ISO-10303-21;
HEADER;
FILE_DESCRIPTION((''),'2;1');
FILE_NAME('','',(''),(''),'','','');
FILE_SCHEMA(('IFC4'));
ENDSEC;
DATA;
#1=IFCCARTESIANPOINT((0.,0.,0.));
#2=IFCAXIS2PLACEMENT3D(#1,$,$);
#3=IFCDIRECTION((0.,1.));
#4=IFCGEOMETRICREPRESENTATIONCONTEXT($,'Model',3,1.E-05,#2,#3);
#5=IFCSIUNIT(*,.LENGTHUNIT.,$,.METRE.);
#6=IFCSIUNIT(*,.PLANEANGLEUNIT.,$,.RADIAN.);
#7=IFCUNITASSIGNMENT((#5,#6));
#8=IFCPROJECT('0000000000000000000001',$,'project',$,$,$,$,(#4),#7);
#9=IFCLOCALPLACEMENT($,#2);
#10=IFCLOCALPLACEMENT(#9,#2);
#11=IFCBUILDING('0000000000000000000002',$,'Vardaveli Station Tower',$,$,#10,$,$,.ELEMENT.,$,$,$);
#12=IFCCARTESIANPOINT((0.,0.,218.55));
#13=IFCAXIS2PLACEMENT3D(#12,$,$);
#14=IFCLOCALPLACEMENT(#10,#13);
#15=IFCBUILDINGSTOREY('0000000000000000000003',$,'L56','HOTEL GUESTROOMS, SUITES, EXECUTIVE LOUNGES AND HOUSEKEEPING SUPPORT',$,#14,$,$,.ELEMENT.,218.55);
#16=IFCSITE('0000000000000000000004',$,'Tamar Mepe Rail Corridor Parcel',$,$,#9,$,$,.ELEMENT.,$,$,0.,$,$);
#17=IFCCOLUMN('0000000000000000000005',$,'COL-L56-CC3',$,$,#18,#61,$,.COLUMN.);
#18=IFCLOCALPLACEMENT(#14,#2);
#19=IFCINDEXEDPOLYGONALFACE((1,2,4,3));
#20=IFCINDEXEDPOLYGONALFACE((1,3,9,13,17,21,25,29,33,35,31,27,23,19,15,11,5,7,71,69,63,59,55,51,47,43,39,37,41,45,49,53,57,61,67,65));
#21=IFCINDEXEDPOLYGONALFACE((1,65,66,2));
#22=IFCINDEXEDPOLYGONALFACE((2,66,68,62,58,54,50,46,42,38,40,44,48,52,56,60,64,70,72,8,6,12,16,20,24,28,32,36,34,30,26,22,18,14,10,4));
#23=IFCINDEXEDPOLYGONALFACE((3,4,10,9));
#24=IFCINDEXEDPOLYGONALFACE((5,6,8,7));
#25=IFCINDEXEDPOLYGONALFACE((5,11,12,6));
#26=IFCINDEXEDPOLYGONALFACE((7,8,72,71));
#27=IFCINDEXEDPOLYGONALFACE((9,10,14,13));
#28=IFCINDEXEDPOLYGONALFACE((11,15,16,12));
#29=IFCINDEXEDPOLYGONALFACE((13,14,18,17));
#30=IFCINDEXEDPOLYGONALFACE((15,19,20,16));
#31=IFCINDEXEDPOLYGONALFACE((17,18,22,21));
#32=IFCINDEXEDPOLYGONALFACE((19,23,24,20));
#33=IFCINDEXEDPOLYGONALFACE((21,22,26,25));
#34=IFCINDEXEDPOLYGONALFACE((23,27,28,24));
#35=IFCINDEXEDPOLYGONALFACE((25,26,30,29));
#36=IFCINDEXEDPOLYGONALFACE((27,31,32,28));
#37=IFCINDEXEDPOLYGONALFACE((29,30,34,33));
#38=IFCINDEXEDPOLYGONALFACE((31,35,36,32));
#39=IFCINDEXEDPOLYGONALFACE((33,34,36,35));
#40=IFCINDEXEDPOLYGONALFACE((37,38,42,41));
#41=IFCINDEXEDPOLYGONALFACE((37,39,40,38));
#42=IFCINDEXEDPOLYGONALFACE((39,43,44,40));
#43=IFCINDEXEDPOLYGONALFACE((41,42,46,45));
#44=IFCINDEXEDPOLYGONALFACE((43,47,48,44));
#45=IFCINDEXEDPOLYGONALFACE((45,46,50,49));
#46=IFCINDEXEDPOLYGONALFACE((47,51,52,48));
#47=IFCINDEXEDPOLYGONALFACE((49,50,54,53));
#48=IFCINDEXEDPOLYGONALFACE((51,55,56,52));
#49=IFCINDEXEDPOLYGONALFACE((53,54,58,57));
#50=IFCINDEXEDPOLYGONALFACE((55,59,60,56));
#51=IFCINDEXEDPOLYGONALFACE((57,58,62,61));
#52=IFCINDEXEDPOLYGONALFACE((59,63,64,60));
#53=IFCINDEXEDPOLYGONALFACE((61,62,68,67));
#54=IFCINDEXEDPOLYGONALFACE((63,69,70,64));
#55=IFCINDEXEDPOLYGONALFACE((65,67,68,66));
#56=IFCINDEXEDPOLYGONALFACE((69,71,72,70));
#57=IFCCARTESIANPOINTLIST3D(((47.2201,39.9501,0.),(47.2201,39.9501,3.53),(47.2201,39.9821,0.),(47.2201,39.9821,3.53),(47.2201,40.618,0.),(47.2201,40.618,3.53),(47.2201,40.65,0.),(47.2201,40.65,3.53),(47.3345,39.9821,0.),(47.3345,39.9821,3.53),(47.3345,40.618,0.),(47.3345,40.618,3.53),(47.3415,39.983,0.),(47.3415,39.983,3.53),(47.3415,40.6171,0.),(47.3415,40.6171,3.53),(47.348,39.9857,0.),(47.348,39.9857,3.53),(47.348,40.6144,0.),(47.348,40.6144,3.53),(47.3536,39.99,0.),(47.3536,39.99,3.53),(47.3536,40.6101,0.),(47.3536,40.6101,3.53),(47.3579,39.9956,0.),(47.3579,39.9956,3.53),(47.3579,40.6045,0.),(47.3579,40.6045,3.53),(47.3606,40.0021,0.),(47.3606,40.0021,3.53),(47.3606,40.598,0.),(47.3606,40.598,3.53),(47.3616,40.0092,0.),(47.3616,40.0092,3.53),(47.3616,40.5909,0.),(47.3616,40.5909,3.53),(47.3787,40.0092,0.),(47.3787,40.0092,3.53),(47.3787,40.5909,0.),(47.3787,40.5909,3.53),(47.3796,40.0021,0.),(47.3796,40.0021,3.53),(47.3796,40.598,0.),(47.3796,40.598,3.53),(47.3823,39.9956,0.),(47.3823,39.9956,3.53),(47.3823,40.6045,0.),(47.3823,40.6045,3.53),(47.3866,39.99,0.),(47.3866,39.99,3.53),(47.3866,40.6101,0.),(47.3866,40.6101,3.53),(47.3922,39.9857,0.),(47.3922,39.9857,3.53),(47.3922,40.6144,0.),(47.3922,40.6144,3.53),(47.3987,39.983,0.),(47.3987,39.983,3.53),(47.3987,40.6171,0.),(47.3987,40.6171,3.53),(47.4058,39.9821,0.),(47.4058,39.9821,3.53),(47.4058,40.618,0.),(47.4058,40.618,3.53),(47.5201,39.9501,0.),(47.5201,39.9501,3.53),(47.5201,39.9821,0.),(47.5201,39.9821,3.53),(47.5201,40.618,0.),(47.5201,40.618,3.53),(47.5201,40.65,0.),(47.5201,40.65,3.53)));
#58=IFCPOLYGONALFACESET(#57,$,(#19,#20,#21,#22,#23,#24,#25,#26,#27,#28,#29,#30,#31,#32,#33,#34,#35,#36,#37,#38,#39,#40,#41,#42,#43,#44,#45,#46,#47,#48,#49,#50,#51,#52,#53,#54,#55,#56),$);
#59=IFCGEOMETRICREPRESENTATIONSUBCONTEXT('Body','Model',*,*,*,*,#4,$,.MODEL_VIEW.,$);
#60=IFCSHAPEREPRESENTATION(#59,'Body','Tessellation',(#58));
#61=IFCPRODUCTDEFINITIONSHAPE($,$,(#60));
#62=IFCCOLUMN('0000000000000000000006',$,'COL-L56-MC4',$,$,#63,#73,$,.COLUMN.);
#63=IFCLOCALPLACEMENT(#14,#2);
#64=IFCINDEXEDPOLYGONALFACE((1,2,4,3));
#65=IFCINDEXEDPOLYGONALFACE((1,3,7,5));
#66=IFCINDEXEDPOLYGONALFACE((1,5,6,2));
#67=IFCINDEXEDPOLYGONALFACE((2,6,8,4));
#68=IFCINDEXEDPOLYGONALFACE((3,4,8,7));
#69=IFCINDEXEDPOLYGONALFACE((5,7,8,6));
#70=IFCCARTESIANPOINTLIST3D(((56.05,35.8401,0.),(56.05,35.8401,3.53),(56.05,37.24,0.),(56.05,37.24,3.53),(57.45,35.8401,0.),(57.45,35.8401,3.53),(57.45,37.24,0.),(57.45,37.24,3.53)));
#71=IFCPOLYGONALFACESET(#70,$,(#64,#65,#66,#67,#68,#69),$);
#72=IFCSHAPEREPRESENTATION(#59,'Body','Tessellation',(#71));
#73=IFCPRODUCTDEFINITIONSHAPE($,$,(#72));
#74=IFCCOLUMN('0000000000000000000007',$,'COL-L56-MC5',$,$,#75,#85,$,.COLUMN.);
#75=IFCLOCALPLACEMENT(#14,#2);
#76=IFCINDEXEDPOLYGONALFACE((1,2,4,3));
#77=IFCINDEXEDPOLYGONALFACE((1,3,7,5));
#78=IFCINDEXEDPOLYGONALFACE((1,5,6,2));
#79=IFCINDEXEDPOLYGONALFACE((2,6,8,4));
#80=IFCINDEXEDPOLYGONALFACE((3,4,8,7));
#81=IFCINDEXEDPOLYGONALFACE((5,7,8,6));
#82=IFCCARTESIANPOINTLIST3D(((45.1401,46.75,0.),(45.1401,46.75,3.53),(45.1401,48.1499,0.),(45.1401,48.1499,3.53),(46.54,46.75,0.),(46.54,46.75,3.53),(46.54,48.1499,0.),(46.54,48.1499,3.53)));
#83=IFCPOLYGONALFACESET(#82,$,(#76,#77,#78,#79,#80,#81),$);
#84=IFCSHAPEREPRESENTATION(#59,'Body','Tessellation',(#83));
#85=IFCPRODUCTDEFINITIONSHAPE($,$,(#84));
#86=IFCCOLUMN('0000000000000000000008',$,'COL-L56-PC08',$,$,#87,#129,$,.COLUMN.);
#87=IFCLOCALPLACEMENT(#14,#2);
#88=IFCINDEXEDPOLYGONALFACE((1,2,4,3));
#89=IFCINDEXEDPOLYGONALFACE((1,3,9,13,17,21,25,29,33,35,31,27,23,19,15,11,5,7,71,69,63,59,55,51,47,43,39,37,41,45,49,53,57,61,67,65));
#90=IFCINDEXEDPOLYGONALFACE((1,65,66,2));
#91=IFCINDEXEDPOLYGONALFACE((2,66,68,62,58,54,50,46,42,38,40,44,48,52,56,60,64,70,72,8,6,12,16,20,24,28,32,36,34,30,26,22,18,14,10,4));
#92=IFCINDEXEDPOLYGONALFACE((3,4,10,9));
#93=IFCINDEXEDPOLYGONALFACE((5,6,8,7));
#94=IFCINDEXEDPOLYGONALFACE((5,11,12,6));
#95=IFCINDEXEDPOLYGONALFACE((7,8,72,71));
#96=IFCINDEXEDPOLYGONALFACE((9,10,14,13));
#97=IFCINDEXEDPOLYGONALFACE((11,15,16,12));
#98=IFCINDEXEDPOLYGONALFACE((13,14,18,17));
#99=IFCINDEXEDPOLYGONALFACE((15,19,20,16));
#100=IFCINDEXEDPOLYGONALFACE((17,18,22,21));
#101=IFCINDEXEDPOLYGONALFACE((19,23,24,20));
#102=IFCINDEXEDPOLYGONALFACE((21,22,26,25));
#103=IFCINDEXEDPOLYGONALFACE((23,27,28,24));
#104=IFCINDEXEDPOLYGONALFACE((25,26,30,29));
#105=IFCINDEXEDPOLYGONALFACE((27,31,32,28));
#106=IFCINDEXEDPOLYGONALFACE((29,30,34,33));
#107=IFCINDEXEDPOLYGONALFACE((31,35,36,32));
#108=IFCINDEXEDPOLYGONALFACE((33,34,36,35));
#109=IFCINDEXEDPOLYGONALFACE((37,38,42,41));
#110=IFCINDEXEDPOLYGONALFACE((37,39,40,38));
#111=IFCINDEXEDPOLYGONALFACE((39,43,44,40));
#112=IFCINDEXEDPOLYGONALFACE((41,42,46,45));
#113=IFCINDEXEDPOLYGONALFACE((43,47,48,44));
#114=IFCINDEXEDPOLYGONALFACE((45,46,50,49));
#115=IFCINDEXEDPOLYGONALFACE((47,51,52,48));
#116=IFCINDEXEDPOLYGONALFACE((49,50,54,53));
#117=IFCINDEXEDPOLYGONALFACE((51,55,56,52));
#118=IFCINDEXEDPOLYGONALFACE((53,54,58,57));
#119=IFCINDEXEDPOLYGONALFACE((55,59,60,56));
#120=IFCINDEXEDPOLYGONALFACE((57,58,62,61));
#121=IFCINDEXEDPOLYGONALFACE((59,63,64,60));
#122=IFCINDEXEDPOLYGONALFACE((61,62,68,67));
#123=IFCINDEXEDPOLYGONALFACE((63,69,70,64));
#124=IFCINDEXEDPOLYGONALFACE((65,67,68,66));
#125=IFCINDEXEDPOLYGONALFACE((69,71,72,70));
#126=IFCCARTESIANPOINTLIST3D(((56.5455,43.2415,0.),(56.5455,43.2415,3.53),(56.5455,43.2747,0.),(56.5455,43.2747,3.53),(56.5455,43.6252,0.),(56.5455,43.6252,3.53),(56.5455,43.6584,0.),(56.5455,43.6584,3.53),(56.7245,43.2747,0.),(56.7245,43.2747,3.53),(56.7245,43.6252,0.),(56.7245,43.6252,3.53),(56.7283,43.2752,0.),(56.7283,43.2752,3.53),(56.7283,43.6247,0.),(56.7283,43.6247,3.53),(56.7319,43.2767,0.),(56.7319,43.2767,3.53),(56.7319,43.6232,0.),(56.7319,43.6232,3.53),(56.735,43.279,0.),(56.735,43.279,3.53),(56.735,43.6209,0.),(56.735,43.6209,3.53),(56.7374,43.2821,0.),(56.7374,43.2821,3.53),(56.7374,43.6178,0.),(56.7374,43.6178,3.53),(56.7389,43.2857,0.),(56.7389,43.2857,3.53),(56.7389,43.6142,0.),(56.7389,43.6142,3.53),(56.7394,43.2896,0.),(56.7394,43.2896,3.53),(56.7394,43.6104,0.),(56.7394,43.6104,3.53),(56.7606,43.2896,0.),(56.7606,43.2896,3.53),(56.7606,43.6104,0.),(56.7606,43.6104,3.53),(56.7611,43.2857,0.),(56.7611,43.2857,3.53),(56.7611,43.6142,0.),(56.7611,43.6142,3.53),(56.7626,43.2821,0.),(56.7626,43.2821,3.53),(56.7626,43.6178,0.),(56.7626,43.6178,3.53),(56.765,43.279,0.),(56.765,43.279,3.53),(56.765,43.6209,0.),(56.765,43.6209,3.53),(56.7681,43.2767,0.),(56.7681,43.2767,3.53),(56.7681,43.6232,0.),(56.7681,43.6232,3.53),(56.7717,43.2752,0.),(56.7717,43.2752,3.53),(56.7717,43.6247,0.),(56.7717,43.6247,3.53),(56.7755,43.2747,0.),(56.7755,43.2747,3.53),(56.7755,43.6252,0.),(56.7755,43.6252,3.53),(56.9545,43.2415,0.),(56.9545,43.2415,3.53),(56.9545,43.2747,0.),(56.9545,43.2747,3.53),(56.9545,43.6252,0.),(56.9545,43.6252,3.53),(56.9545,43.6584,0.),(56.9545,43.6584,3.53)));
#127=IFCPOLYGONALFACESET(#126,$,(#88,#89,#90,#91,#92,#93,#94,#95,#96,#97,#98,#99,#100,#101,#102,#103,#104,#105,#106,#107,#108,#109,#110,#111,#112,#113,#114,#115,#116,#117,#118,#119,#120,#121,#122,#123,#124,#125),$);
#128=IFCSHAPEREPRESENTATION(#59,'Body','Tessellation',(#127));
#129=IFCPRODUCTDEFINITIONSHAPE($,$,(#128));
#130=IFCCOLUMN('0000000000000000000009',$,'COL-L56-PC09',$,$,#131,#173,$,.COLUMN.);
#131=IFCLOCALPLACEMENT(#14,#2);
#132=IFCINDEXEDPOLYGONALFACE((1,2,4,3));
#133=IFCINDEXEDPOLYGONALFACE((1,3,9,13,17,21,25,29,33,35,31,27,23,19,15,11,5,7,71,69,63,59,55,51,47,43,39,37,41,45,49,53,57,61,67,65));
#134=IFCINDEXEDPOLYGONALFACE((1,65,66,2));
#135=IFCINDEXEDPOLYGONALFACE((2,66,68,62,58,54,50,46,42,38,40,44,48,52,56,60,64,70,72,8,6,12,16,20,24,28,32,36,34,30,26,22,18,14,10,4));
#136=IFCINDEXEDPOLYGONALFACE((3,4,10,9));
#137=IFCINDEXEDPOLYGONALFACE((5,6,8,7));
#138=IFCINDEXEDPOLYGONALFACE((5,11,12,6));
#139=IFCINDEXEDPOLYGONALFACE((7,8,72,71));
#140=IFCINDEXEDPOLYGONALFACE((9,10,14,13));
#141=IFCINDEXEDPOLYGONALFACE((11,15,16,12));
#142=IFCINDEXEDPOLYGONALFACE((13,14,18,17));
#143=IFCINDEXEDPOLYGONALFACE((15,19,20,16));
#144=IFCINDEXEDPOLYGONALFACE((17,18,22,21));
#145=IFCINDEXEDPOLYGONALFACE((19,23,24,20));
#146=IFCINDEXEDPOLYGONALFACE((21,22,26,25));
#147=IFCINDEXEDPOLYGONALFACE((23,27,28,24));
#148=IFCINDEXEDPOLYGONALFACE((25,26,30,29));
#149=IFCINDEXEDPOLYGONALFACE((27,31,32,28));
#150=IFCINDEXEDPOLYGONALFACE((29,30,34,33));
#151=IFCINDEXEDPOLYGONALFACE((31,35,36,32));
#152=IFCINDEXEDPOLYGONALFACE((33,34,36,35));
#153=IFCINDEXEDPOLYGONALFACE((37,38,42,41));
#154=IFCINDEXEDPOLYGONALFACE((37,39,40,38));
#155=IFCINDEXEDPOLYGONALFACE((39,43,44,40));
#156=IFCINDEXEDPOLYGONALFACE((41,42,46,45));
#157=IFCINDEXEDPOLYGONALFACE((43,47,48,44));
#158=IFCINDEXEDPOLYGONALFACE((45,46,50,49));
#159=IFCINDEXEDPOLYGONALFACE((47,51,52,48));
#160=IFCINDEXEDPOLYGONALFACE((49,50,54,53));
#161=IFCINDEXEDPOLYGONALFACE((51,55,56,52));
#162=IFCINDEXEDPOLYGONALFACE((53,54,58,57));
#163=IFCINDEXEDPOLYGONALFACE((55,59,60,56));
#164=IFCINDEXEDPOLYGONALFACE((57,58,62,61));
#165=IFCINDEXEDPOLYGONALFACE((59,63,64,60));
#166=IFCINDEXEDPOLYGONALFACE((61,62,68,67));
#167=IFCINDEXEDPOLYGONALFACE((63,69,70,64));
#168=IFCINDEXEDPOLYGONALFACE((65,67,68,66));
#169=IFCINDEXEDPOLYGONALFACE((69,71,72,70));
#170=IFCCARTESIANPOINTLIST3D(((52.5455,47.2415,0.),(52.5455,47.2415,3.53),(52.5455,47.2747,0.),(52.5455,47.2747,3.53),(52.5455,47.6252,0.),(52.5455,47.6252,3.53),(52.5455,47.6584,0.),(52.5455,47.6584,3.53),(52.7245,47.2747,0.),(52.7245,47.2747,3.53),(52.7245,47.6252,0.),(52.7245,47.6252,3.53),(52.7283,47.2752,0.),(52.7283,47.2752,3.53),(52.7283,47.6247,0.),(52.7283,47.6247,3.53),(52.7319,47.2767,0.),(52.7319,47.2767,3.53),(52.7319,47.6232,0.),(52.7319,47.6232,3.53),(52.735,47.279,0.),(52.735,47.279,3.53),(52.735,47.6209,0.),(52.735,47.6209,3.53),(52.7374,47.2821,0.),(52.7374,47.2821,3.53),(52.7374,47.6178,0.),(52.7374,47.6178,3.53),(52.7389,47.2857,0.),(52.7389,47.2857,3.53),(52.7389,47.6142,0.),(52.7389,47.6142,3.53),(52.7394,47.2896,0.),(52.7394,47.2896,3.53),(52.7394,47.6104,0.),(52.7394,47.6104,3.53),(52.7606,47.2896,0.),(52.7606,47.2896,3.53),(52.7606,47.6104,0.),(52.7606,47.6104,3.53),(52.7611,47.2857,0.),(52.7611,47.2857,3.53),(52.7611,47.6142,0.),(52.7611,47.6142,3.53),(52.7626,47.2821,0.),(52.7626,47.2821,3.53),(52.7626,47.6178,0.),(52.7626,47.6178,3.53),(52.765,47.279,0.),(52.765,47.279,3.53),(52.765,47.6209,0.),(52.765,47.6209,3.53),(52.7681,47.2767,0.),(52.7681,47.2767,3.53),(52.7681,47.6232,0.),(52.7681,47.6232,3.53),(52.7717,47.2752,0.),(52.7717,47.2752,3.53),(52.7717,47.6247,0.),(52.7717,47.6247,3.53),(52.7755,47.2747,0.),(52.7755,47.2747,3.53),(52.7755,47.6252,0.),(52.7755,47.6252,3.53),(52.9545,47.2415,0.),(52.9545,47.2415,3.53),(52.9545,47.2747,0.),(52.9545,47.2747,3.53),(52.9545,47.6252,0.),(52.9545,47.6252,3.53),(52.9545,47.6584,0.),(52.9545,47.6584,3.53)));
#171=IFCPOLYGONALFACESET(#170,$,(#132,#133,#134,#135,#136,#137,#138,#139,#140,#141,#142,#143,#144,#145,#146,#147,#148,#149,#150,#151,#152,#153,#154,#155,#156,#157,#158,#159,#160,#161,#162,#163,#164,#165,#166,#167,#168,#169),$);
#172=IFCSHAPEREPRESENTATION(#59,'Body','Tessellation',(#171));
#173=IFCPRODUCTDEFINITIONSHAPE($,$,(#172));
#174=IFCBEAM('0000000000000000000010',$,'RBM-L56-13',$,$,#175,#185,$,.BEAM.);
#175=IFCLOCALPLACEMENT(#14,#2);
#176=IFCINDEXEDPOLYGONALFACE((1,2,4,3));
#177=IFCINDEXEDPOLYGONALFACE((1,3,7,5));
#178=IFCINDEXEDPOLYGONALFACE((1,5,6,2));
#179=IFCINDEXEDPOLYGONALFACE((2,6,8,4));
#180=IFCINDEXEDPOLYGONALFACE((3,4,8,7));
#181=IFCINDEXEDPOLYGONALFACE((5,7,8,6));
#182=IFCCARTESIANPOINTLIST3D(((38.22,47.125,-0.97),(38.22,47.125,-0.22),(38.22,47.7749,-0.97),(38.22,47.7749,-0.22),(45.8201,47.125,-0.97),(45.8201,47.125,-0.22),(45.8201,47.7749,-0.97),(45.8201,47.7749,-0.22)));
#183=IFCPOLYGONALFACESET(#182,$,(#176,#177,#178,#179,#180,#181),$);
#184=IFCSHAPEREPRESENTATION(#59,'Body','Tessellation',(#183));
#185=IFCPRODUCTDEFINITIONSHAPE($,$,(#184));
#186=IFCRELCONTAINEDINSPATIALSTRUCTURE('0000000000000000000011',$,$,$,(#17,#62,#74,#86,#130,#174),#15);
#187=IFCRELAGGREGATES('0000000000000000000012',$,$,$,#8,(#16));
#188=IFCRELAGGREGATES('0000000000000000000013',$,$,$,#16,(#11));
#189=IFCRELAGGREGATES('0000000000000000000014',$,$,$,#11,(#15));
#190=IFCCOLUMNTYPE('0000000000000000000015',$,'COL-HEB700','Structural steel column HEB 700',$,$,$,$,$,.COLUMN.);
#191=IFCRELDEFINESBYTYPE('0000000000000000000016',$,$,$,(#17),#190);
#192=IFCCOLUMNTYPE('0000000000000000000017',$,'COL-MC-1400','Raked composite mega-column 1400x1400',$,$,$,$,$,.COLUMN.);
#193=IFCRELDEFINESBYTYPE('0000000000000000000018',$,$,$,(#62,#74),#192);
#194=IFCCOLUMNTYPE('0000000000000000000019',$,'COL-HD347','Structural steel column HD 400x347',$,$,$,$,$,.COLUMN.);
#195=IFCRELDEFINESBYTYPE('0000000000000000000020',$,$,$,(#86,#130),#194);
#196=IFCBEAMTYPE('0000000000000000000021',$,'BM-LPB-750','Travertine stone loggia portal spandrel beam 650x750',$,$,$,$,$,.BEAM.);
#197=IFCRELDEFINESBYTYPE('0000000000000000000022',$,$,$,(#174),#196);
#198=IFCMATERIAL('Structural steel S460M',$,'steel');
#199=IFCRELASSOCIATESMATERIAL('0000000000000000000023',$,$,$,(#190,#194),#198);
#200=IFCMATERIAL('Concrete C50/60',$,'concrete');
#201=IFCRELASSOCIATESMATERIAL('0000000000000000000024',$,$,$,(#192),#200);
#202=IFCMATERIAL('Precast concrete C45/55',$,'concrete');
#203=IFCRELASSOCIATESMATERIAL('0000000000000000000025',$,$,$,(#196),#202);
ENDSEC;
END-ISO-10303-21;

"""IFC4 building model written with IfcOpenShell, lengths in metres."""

from ifc_helpers import new_model, si_unit, direction, frame, origin, origin_2d, place, context, subcontext, project, spatial, rectangle, i_section, extrude, source, transform, mapped, material, material_profile, profile_set, type_object, element, save


model = new_model("IFC4")

# Units and contexts
model_context = context("Model", 3, precision=1e-05, world=origin(), true_north=direction((0.0, 1.0)))
body_context = subcontext(model_context, "Body", "Model", "MODEL_VIEW")
ifc_project = project(units=[si_unit("LENGTHUNIT", "METRE"), si_unit("PLANEANGLEUNIT", "RADIAN")], contexts=[model_context])

# Site, building, storey
site_placement = place(None, origin())
site = spatial("IfcSite", under=ifc_project, at=site_placement, Name="Tamar Mepe Rail Corridor Parcel", CompositionType="ELEMENT", RefElevation=0.0)
building_placement = place(site_placement, origin())
building = spatial("IfcBuilding", under=site, at=building_placement, Name="Vardaveli Station Tower", CompositionType="ELEMENT")
storey_placement = place(building_placement, frame((0.0, 0.0, 218.55)))
storey = spatial("IfcBuildingStorey", under=building, at=storey_placement, Name="L56", Description="HOTEL GUESTROOMS, SUITES, EXECUTIVE LOUNGES AND HOUSEKEEPING SUPPORT", CompositionType="ELEMENT", Elevation=218.55)

# Columns
ifc_material_1 = material(Name="Structural steel S460M", Category="steel")
ifc_material_profile_1 = material_profile(ifc_material_1, i_section(OverallWidth=0.3, OverallDepth=0.7, WebThickness=0.0171, FlangeThickness=0.032, FilletRadius=0.0271, at=origin_2d()), Name="HEB 700")
ifc_profile_set_1 = profile_set([ifc_material_profile_1], Name="Structural steel S460M")
column_type_1 = type_object("IfcColumnType", Name="COL-HEB700", Description="Structural steel column HEB 700", PredefinedType="COLUMN", material=ifc_profile_set_1)
shared_shape_1 = source(origin(), body_context, "Body", "SweptSolid", [
    extrude(i_section(OverallWidth=0.3, OverallDepth=0.7, WebThickness=0.0171, FlangeThickness=0.032, FilletRadius=0.0271, at=origin_2d()), origin(), (0.0, 0.0, 1.0), 3.53),
])
column_placement = place(storey_placement, frame((47.3701, 40.3, 0.0), z_axis=(0.0, 0.0, 1.0), x_axis=(1.0, 0.0, 0.0)))
element("IfcColumn", 1, at=column_placement, inside=storey, type_object=column_type_1, Name="COL-L56-CC3", PredefinedType="COLUMN", context=body_context, shape_type="MappedRepresentation", body=[
    mapped(shared_shape_1, transform((0.0, 0.0, 0.0), scale=1.0)),
])
ifc_material_2 = material(Name="Concrete C50/60", Category="concrete")
ifc_material_profile_2 = material_profile(ifc_material_2, rectangle(XDim=1.3999, YDim=1.3999, at=origin_2d()), Name="MC 1400x1400")
ifc_profile_set_2 = profile_set([ifc_material_profile_2], Name="Concrete C50/60")
column_type_2 = type_object("IfcColumnType", Name="COL-MC-1400", Description="Raked composite mega-column 1400x1400", PredefinedType="COLUMN", material=ifc_profile_set_2)
shared_shape_2 = source(origin(), body_context, "Body", "SweptSolid", [
    extrude(rectangle(XDim=1.3999, YDim=1.3999, at=origin_2d()), origin(), (0.0, 0.0, 1.0), 3.53),
])
for number, where, z_axis, x_axis, name in (
    (2, (56.75, 36.54, 0.0), (0.0, 0.0, 1.0), (1.0, 0.0, 0.0), "COL-L56-MC4"),
    (3, (45.8401, 47.45, 0.0), (0.0, 0.0, 1.0), (1.0, 0.0, 0.0), "COL-L56-MC5"),
):
    element("IfcColumn", number, at=place(storey_placement, frame(where, z_axis=z_axis, x_axis=x_axis)), inside=storey, type_object=column_type_2, Name=name, PredefinedType="COLUMN", context=body_context, shape_type="MappedRepresentation", body=[
        mapped(shared_shape_2, transform((0.0, 0.0, 0.0), scale=1.0)),
    ])
ifc_material_profile_3 = material_profile(ifc_material_1, i_section(OverallWidth=0.4089, OverallDepth=0.417, WebThickness=0.0212, FlangeThickness=0.0332, FilletRadius=0.0149, at=origin_2d()), Name="HD 400x347")
ifc_profile_set_3 = profile_set([ifc_material_profile_3], Name="Structural steel S460M")
column_type_3 = type_object("IfcColumnType", Name="COL-HD347", Description="Structural steel column HD 400x347", PredefinedType="COLUMN", material=ifc_profile_set_3)
shared_shape_3 = source(origin(), body_context, "Body", "SweptSolid", [
    extrude(i_section(OverallWidth=0.4089, OverallDepth=0.417, WebThickness=0.0212, FlangeThickness=0.0332, FilletRadius=0.0149, at=origin_2d()), origin(), (0.0, 0.0, 1.0), 3.53),
])
for number, where, z_axis, x_axis, name in (
    (4, (56.75, 43.45, 0.0), (0.0, 0.0, 1.0), (1.0, 0.0, 0.0), "COL-L56-PC08"),
    (5, (52.75, 47.45, 0.0), (0.0, 0.0, 1.0), (1.0, 0.0, 0.0), "COL-L56-PC09"),
):
    element("IfcColumn", number, at=place(storey_placement, frame(where, z_axis=z_axis, x_axis=x_axis)), inside=storey, type_object=column_type_3, Name=name, PredefinedType="COLUMN", context=body_context, shape_type="MappedRepresentation", body=[
        mapped(shared_shape_3, transform((0.0, 0.0, 0.0), scale=1.0)),
    ])

# Beam
ifc_material_3 = material(Name="Precast concrete C45/55", Category="concrete")
ifc_material_profile_4 = material_profile(ifc_material_3, rectangle(XDim=0.6499, YDim=0.75, at=origin_2d()), Name="LPB 650x750")
ifc_profile_set_4 = profile_set([ifc_material_profile_4], Name="Precast concrete C45/55")
beam_type = type_object("IfcBeamType", Name="BM-LPB-750", Description="Travertine stone loggia portal spandrel beam 650x750", PredefinedType="BEAM", material=ifc_profile_set_4)
shared_shape_4 = source(origin(), body_context, "Body", "SweptSolid", [
    extrude(rectangle(XDim=0.6499, YDim=0.75, at=origin_2d()), origin(), (0.0, 0.0, 1.0), 7.6001),
])
beam_1_placement = place(storey_placement, frame((45.8201, 47.45, -0.595), z_axis=(-1.0, 0.0, 0.0), x_axis=(0.0, -1.0, 0.0)))
element("IfcBeam", 6, at=beam_1_placement, inside=storey, type_object=beam_type, Name="RBM-L56-13", PredefinedType="BEAM", context=body_context, shape_type="MappedRepresentation", body=[
    mapped(shared_shape_4, transform((0.0, 0.0, 0.0), scale=1.0)),
])

save(model, "model.ifc")
